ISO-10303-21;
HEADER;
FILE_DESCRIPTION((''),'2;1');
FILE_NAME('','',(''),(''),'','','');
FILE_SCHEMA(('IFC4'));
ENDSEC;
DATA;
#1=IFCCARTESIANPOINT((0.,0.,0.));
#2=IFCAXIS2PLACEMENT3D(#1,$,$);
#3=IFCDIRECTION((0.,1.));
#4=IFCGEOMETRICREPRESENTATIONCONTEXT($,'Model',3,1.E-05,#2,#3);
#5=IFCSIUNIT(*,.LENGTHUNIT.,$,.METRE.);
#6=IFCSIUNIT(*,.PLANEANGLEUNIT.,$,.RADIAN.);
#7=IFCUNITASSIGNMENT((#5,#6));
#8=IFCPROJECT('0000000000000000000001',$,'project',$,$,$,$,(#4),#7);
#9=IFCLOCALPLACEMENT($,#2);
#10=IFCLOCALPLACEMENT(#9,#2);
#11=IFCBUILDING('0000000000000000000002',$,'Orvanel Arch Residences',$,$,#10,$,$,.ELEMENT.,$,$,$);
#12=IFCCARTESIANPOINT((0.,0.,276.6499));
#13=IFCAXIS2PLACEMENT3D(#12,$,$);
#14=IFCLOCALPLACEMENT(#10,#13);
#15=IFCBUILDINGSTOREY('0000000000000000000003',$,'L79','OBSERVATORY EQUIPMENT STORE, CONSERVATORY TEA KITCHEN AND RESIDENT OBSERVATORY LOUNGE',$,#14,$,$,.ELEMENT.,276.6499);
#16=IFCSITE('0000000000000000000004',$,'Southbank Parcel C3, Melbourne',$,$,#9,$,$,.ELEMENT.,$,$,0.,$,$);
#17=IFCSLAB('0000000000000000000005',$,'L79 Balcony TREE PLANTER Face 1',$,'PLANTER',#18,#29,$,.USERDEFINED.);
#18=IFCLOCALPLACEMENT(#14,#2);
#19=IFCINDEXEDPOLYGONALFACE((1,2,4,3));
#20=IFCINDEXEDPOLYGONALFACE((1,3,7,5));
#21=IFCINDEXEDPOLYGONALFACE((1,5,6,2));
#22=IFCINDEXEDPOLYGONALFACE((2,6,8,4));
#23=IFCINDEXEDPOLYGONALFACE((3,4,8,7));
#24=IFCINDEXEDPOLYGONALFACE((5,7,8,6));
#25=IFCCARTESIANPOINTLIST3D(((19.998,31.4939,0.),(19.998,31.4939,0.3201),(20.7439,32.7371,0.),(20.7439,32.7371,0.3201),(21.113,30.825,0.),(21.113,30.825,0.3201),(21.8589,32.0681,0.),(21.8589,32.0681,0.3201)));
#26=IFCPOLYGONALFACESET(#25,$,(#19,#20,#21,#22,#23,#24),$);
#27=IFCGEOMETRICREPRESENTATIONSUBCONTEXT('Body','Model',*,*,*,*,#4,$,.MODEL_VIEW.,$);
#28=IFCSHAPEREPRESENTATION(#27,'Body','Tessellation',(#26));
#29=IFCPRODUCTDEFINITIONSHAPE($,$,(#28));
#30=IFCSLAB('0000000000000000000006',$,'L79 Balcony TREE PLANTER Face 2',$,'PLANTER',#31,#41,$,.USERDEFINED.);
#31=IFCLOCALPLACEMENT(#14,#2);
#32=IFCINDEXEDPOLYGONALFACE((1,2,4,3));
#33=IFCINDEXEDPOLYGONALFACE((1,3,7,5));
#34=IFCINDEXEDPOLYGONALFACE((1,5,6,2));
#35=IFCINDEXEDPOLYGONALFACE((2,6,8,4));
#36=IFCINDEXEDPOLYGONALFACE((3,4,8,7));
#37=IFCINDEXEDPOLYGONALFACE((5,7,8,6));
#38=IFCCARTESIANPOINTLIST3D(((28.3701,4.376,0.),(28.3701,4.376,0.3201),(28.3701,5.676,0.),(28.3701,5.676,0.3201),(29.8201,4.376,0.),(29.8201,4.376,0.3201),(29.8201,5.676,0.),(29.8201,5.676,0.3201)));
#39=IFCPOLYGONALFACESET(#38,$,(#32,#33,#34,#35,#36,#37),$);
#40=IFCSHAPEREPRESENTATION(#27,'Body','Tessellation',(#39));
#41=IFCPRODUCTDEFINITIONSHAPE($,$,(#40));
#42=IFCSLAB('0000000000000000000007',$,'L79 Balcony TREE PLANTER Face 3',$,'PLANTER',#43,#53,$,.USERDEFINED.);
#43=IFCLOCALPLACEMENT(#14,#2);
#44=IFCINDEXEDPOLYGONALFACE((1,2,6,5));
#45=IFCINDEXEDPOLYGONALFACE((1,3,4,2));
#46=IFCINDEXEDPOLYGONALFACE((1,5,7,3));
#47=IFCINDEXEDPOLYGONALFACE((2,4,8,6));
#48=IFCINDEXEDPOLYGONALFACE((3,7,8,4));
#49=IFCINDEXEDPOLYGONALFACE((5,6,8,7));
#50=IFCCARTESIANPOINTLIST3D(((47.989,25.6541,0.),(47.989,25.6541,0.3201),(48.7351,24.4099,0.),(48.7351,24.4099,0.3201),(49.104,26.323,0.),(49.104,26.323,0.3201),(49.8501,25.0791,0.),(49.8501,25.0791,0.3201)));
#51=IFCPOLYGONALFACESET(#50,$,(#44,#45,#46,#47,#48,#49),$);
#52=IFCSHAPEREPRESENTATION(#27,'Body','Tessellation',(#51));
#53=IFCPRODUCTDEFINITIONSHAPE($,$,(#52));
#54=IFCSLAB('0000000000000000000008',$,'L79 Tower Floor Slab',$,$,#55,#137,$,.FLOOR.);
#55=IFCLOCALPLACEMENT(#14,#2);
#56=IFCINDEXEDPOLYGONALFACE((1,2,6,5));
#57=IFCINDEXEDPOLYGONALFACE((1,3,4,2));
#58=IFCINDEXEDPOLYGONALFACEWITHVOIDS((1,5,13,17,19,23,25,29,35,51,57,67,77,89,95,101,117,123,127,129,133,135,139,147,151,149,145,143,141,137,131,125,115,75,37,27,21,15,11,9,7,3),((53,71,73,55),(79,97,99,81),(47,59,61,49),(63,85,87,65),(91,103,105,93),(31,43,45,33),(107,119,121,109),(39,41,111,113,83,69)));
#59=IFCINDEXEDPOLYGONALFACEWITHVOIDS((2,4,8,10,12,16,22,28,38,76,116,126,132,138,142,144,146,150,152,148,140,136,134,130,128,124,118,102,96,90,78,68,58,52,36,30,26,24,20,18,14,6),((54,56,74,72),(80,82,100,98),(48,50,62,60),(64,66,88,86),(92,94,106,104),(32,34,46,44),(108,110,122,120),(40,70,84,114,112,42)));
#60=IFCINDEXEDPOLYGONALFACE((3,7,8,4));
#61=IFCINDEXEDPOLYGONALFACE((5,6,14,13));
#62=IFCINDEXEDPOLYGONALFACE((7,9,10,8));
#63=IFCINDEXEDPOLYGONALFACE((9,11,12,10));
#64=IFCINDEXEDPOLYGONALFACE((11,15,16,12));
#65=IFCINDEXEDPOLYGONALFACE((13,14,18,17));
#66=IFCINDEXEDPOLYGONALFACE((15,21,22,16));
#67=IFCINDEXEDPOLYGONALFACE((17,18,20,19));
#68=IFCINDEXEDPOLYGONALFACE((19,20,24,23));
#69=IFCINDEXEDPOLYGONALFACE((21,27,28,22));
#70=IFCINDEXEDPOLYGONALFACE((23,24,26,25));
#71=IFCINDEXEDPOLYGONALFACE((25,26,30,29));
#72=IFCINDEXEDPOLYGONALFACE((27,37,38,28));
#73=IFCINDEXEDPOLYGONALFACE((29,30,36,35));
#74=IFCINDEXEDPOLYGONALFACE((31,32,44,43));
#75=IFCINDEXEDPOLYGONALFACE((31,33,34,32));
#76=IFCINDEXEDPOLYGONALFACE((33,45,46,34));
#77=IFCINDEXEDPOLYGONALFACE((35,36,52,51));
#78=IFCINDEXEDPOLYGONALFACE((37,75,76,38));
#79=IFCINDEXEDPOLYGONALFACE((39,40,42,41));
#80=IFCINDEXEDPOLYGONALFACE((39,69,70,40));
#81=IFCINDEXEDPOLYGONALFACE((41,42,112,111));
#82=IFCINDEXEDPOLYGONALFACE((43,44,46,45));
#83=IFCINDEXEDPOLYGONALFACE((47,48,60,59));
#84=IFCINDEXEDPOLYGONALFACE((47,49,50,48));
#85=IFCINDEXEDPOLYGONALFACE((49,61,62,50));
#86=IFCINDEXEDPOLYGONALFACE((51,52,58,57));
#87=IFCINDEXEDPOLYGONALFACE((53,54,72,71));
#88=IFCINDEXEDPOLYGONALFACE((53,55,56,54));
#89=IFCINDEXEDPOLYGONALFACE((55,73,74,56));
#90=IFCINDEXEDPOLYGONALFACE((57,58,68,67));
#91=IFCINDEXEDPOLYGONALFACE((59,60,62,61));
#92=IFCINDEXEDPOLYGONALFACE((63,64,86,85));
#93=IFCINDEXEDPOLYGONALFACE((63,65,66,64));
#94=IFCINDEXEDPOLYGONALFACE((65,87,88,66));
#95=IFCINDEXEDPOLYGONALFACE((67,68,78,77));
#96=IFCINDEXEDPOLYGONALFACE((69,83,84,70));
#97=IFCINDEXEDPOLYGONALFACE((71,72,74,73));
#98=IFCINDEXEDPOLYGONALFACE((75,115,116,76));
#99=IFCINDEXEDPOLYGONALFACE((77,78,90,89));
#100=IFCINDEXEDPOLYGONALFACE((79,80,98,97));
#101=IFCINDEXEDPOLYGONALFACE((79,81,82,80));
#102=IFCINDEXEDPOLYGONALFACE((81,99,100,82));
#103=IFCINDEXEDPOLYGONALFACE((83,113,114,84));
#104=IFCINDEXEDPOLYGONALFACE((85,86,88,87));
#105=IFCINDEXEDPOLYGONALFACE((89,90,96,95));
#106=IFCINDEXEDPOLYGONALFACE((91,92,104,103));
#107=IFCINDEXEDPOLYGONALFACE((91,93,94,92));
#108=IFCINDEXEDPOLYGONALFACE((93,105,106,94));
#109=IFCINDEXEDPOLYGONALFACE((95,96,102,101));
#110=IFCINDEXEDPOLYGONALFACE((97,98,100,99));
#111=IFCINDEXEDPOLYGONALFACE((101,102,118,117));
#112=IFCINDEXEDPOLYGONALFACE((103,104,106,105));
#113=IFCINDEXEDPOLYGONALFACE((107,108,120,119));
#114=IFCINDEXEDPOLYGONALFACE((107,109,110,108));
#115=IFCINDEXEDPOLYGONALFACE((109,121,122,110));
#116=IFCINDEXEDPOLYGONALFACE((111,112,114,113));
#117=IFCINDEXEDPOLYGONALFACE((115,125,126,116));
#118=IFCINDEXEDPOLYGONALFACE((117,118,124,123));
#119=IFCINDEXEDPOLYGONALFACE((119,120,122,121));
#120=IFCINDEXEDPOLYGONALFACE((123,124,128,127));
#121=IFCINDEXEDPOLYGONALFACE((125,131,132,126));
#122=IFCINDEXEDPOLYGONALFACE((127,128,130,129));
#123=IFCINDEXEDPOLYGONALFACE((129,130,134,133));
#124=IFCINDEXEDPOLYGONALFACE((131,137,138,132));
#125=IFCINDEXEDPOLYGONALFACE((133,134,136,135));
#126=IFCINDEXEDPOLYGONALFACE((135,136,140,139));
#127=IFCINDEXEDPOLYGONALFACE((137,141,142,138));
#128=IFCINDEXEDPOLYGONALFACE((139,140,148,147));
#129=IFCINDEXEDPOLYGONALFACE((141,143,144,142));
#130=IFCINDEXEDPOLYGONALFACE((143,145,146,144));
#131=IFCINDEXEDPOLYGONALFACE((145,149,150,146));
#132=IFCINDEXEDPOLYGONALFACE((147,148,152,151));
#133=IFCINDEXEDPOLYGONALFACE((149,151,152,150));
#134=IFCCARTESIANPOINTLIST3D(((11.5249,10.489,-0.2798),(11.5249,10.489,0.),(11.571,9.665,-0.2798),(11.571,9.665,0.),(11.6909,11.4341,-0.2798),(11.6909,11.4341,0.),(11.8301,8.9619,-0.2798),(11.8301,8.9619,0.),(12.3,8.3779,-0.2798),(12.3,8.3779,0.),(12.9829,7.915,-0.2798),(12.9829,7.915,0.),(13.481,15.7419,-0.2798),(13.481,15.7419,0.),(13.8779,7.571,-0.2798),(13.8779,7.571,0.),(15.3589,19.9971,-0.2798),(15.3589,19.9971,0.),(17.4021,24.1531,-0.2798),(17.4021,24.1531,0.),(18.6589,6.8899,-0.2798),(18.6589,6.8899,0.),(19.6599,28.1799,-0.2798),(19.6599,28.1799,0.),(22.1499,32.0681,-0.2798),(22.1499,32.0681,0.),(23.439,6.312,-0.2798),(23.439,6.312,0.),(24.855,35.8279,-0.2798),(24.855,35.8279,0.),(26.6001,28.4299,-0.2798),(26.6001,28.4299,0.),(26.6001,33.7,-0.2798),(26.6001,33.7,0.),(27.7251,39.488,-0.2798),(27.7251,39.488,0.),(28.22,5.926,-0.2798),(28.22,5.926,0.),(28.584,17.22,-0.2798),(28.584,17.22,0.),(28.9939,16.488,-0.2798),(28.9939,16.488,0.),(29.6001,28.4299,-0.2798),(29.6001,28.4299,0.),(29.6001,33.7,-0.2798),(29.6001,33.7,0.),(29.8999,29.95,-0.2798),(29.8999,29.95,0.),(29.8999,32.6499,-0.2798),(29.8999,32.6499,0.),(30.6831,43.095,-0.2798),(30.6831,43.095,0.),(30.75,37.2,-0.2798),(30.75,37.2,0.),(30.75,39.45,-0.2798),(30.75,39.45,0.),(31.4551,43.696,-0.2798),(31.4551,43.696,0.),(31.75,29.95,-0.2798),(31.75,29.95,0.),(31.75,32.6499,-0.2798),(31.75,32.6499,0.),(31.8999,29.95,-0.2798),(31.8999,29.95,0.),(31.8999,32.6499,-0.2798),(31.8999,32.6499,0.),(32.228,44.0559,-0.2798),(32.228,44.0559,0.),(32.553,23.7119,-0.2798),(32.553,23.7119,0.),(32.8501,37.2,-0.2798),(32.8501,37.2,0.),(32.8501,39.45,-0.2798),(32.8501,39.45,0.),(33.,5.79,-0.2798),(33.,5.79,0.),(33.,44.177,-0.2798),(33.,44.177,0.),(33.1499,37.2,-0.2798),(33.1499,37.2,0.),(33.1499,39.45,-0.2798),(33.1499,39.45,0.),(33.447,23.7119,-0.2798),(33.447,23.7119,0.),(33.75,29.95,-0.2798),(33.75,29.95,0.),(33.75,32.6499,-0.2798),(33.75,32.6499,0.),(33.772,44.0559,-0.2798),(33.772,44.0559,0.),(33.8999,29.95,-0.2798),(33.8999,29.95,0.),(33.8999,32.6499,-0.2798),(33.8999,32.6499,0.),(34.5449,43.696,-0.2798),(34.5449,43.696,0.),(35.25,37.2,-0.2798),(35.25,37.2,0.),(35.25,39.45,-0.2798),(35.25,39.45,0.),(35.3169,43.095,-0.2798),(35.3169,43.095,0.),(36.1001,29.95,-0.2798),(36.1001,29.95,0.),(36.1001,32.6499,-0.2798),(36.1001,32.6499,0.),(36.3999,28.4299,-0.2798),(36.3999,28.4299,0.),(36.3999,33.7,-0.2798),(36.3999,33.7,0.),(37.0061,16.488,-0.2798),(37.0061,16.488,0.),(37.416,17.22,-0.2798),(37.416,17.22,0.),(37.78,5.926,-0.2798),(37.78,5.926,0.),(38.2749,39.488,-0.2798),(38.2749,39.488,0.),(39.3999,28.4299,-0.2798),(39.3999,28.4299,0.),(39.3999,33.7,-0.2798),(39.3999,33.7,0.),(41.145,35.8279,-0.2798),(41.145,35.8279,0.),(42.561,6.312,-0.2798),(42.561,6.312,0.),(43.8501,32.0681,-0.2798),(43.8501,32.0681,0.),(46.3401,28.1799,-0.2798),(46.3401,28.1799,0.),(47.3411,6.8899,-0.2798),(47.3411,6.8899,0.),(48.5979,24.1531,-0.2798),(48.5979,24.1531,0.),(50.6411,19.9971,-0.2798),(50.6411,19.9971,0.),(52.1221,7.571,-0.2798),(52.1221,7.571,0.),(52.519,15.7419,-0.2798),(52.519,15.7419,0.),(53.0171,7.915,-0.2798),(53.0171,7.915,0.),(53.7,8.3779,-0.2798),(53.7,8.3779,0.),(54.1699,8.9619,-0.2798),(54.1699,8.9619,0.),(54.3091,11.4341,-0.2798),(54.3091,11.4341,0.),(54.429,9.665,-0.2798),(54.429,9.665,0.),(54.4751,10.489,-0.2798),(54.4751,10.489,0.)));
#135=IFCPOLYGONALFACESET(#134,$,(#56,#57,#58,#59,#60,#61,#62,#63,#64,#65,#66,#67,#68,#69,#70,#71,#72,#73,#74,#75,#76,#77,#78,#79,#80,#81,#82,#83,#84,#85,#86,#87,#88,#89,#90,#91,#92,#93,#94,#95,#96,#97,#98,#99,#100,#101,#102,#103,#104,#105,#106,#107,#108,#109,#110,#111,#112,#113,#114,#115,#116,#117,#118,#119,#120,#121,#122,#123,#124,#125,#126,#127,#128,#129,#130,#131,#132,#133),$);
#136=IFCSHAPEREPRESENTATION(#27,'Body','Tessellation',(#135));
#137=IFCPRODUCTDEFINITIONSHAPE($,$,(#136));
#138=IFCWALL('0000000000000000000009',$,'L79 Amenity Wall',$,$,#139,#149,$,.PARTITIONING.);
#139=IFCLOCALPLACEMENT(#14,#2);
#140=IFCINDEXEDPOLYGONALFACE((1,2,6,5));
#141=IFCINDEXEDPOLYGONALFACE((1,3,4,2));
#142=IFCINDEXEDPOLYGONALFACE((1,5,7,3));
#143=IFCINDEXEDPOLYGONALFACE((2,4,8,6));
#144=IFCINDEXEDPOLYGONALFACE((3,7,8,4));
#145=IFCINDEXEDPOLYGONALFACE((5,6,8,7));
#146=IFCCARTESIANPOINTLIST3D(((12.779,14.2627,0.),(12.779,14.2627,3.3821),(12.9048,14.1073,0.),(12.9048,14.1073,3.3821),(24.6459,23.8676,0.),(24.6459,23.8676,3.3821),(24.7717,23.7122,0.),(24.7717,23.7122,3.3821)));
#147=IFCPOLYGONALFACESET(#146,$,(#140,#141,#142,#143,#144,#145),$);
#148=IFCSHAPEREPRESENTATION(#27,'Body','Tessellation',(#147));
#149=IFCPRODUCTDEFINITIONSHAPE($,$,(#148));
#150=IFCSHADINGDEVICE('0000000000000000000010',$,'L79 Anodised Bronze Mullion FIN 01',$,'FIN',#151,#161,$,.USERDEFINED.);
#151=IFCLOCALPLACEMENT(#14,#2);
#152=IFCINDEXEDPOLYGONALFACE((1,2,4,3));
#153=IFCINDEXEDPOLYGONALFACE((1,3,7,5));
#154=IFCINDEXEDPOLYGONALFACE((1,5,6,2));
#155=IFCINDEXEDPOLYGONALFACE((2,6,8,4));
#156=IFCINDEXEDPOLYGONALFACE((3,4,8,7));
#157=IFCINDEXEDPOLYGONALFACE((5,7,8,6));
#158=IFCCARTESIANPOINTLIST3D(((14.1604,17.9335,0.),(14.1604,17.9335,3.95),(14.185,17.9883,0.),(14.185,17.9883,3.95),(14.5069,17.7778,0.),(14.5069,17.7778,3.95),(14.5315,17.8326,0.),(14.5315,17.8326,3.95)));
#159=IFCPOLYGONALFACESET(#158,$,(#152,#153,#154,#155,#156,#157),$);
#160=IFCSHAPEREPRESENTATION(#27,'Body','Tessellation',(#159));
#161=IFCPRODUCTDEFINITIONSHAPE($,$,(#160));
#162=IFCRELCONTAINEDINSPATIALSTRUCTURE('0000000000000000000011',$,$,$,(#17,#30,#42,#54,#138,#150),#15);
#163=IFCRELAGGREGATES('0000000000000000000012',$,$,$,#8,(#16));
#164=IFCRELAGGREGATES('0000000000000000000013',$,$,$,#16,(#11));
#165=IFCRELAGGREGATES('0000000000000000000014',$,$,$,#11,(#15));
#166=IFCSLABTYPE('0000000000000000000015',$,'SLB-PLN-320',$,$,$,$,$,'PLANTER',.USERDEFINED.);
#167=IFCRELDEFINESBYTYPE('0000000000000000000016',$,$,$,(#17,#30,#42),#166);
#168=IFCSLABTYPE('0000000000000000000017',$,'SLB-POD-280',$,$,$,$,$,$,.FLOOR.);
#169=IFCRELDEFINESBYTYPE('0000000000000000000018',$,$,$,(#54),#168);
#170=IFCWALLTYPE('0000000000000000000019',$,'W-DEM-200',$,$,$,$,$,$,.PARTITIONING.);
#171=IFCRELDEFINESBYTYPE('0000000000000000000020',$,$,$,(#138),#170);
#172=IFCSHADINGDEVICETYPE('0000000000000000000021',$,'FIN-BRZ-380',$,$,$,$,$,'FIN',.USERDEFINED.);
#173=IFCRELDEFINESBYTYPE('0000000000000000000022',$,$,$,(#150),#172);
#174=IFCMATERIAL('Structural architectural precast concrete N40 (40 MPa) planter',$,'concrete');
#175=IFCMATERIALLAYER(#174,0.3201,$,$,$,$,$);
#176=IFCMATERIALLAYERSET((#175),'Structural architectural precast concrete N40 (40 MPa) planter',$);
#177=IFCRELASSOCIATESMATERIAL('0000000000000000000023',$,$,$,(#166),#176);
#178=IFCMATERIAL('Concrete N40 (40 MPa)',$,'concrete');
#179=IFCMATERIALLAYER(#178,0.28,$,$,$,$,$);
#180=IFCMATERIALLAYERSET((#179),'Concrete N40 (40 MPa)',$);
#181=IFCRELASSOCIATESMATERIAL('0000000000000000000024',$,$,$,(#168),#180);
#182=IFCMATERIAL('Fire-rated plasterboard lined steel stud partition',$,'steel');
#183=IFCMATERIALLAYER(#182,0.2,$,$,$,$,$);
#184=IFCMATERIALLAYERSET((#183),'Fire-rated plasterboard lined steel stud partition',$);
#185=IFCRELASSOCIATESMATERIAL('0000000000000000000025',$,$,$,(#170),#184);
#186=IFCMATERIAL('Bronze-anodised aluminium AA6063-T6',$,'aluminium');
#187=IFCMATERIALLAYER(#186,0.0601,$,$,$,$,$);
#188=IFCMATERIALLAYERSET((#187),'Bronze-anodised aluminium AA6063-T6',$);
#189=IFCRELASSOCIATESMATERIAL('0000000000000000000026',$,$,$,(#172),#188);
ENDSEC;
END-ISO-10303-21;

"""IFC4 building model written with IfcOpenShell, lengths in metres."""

from ifc_helpers import new_model, si_unit, direction, frame, frame_2d, origin, origin_2d, place, context, subcontext, project, spatial, polyline, rectangle, outline, extrude, material, layer, layer_set, type_object, element, save


model = new_model("IFC4")

# Units and contexts
model_context = context("Model", 3, precision=1e-05, world=origin(), true_north=direction((0.0, 1.0)))
body_context = subcontext(model_context, "Body", "Model", "MODEL_VIEW")
ifc_project = project(units=[si_unit("LENGTHUNIT", "METRE"), si_unit("PLANEANGLEUNIT", "RADIAN")], contexts=[model_context])

# Site, building, storey
site_placement = place(None, origin())
site = spatial("IfcSite", under=ifc_project, at=site_placement, Name="Southbank Parcel C3, Melbourne", CompositionType="ELEMENT", RefElevation=0.0)
building_placement = place(site_placement, origin())
building = spatial("IfcBuilding", under=site, at=building_placement, Name="Orvanel Arch Residences", CompositionType="ELEMENT")
storey_placement = place(building_placement, frame((0.0, 0.0, 276.6499)))
storey = spatial("IfcBuildingStorey", under=building, at=storey_placement, Name="L79", Description="OBSERVATORY EQUIPMENT STORE, CONSERVATORY TEA KITCHEN AND RESIDENT OBSERVATORY LOUNGE", CompositionType="ELEMENT", Elevation=276.6499)

# Shared definitions
ifc_material_1 = material(Name="Bronze-anodised aluminium AA6063-T6", Category="aluminium")

# Shared definitions
ifc_material_2 = material(Name="Concrete N40 (40 MPa)", Category="concrete")

# Slabs
ifc_material_3 = material(Name="Structural architectural precast concrete N40 (40 MPa) planter", Category="concrete")
ifc_layer_1 = layer(ifc_material_3, 0.3201)
ifc_layer_set_1 = layer_set([ifc_layer_1], Name="Structural architectural precast concrete N40 (40 MPa) planter")
slab_type_1 = type_object("IfcSlabType", Name="SLB-PLN-320", ElementType="PLANTER", PredefinedType="USERDEFINED", material=ifc_layer_set_1)
slab_1_placement = place(storey_placement, origin())
element("IfcSlab", 1, at=slab_1_placement, inside=storey, type_object=slab_type_1, Name="L79 Balcony TREE PLANTER Face 1", ObjectType="PLANTER", PredefinedType="USERDEFINED", context=body_context, shape_type="SweptSolid", body=[
    extrude(outline(polyline([(20.7439, 32.7371), (19.998, 31.4939), (21.113, 30.825), (21.8589, 32.0681), (20.7439, 32.7371)])), origin(), (0.0, 0.0, 1.0), 0.3201),
])
slab_2_placement = place(storey_placement, origin())
element("IfcSlab", 2, at=slab_2_placement, inside=storey, type_object=slab_type_1, Name="L79 Balcony TREE PLANTER Face 2", ObjectType="PLANTER", PredefinedType="USERDEFINED", context=body_context, shape_type="SweptSolid", body=[
    extrude(outline(polyline([(28.3701, 4.376), (29.8201, 4.376), (29.8201, 5.676), (28.3701, 5.676), (28.3701, 4.376)])), origin(), (0.0, 0.0, 1.0), 0.3201),
])
slab_3_placement = place(storey_placement, origin())
element("IfcSlab", 3, at=slab_3_placement, inside=storey, type_object=slab_type_1, Name="L79 Balcony TREE PLANTER Face 3", ObjectType="PLANTER", PredefinedType="USERDEFINED", context=body_context, shape_type="SweptSolid", body=[
    extrude(outline(polyline([(49.8501, 25.0791), (49.104, 26.323), (47.989, 25.6541), (48.7351, 24.4099), (49.8501, 25.0791)])), origin(), (0.0, 0.0, 1.0), 0.3201),
])
ifc_layer_2 = layer(ifc_material_2, 0.28)
ifc_layer_set_2 = layer_set([ifc_layer_2], Name="Concrete N40 (40 MPa)")
slab_type_2 = type_object("IfcSlabType", Name="SLB-POD-280", PredefinedType="FLOOR", material=ifc_layer_set_2)
slab_4_placement = place(storey_placement, frame((0.0, 0.0, -0.2798)))
element("IfcSlab", 4, at=slab_4_placement, inside=storey, type_object=slab_type_2, Name="L79 Tower Floor Slab", PredefinedType="FLOOR", context=body_context, shape_type="SweptSolid", body=[
    extrude(outline(polyline([(35.3169, 43.095), (34.5449, 43.696), (33.772, 44.0559), (33.0, 44.177), (32.228, 44.0559), (31.4551, 43.696), (30.6831, 43.095), (27.7251, 39.488), (24.855, 35.8279), (22.1499, 32.0681), (19.6599, 28.1799), (17.4021, 24.1531), (15.3589, 19.9971), (13.481, 15.7419), (11.6909, 11.4341), (11.5249, 10.489), (11.571, 9.665), (11.8301, 8.9619), (12.3, 8.3779), (12.9829, 7.915), (13.8779, 7.571), (18.6589, 6.8899), (23.439, 6.312), (28.22, 5.926), (33.0, 5.79), (37.78, 5.926), (42.561, 6.312), (47.3411, 6.8899), (52.1221, 7.571), (53.0171, 7.915), (53.7, 8.3779), (54.1699, 8.9619), (54.429, 9.665), (54.4751, 10.489), (54.3091, 11.4341), (52.519, 15.7419), (50.6411, 19.9971), (48.5979, 24.1531), (46.3401, 28.1799), (43.8501, 32.0681), (41.145, 35.8279), (38.2749, 39.488), (35.3169, 43.095)]), holes=[polyline([(26.6001, 28.4299), (26.6001, 33.7), (29.6001, 33.7), (29.6001, 28.4299), (26.6001, 28.4299)]), polyline([(36.3999, 28.4299), (36.3999, 33.7), (39.3999, 33.7), (39.3999, 28.4299), (36.3999, 28.4299)]), polyline([(29.8999, 32.6499), (31.75, 32.6499), (31.75, 29.95), (29.8999, 29.95), (29.8999, 32.6499)]), polyline([(31.8999, 32.6499), (33.75, 32.6499), (33.75, 29.95), (31.8999, 29.95), (31.8999, 32.6499)]), polyline([(33.8999, 32.6499), (36.1001, 32.6499), (36.1001, 29.95), (33.8999, 29.95), (33.8999, 32.6499)]), polyline([(30.75, 39.45), (32.8501, 39.45), (32.8501, 37.2), (30.75, 37.2), (30.75, 39.45)]), polyline([(33.1499, 39.45), (35.25, 39.45), (35.25, 37.2), (33.1499, 37.2), (33.1499, 39.45)]), polyline([(37.416, 17.22), (37.0061, 16.488), (28.9939, 16.488), (28.584, 17.22), (32.553, 23.7119), (33.447, 23.7119), (37.416, 17.22)])]), origin(), (0.0, 0.0, 1.0), 0.2798),
])

# Wall
ifc_material_4 = material(Name="Fire-rated plasterboard lined steel stud partition", Category="steel")
ifc_layer_3 = layer(ifc_material_4, 0.2)
ifc_layer_set_3 = layer_set([ifc_layer_3], Name="Fire-rated plasterboard lined steel stud partition")
wall_type = type_object("IfcWallType", Name="W-DEM-200", PredefinedType="PARTITIONING", material=ifc_layer_set_3)
wall_placement = place(storey_placement, frame((12.842, 14.1851, 0.0), z_axis=(0.0, 0.0, 1.0), x_axis=(0.777296, 0.629135, 0.0)))
element("IfcWall", 5, at=wall_placement, inside=storey, type_object=wall_type, Name="L79 Amenity Wall", PredefinedType="PARTITIONING", context=body_context, shape_type="SweptSolid", body=[
    extrude(rectangle(XDim=15.2668, YDim=0.2, at=frame_2d((7.6333, 0.0))), origin(), (0.0, 0.0, 1.0), 3.3821),
])

# Shading device
ifc_layer_4 = layer(ifc_material_1, 0.0601)
ifc_layer_set_4 = layer_set([ifc_layer_4], Name="Bronze-anodised aluminium AA6063-T6")
shading_device_type = type_object("IfcShadingDeviceType", Name="FIN-BRZ-380", ElementType="FIN", PredefinedType="USERDEFINED", material=ifc_layer_set_4)
shading_device_placement = place(storey_placement, frame((14.3459, 17.8831, 0.0), z_axis=(0.0, 0.0, 1.0), x_axis=(-0.91212, 0.409923, 0.0)))
element("IfcShadingDevice", 6, at=shading_device_placement, inside=storey, type_object=shading_device_type, Name="L79 Anodised Bronze Mullion FIN 01", ObjectType="FIN", PredefinedType="USERDEFINED", context=body_context, shape_type="SweptSolid", body=[
    extrude(rectangle(XDim=0.3799, YDim=0.0601, at=origin_2d()), origin(), (0.0, 0.0, 1.0), 3.95),
])

save(model, "model.ifc")
